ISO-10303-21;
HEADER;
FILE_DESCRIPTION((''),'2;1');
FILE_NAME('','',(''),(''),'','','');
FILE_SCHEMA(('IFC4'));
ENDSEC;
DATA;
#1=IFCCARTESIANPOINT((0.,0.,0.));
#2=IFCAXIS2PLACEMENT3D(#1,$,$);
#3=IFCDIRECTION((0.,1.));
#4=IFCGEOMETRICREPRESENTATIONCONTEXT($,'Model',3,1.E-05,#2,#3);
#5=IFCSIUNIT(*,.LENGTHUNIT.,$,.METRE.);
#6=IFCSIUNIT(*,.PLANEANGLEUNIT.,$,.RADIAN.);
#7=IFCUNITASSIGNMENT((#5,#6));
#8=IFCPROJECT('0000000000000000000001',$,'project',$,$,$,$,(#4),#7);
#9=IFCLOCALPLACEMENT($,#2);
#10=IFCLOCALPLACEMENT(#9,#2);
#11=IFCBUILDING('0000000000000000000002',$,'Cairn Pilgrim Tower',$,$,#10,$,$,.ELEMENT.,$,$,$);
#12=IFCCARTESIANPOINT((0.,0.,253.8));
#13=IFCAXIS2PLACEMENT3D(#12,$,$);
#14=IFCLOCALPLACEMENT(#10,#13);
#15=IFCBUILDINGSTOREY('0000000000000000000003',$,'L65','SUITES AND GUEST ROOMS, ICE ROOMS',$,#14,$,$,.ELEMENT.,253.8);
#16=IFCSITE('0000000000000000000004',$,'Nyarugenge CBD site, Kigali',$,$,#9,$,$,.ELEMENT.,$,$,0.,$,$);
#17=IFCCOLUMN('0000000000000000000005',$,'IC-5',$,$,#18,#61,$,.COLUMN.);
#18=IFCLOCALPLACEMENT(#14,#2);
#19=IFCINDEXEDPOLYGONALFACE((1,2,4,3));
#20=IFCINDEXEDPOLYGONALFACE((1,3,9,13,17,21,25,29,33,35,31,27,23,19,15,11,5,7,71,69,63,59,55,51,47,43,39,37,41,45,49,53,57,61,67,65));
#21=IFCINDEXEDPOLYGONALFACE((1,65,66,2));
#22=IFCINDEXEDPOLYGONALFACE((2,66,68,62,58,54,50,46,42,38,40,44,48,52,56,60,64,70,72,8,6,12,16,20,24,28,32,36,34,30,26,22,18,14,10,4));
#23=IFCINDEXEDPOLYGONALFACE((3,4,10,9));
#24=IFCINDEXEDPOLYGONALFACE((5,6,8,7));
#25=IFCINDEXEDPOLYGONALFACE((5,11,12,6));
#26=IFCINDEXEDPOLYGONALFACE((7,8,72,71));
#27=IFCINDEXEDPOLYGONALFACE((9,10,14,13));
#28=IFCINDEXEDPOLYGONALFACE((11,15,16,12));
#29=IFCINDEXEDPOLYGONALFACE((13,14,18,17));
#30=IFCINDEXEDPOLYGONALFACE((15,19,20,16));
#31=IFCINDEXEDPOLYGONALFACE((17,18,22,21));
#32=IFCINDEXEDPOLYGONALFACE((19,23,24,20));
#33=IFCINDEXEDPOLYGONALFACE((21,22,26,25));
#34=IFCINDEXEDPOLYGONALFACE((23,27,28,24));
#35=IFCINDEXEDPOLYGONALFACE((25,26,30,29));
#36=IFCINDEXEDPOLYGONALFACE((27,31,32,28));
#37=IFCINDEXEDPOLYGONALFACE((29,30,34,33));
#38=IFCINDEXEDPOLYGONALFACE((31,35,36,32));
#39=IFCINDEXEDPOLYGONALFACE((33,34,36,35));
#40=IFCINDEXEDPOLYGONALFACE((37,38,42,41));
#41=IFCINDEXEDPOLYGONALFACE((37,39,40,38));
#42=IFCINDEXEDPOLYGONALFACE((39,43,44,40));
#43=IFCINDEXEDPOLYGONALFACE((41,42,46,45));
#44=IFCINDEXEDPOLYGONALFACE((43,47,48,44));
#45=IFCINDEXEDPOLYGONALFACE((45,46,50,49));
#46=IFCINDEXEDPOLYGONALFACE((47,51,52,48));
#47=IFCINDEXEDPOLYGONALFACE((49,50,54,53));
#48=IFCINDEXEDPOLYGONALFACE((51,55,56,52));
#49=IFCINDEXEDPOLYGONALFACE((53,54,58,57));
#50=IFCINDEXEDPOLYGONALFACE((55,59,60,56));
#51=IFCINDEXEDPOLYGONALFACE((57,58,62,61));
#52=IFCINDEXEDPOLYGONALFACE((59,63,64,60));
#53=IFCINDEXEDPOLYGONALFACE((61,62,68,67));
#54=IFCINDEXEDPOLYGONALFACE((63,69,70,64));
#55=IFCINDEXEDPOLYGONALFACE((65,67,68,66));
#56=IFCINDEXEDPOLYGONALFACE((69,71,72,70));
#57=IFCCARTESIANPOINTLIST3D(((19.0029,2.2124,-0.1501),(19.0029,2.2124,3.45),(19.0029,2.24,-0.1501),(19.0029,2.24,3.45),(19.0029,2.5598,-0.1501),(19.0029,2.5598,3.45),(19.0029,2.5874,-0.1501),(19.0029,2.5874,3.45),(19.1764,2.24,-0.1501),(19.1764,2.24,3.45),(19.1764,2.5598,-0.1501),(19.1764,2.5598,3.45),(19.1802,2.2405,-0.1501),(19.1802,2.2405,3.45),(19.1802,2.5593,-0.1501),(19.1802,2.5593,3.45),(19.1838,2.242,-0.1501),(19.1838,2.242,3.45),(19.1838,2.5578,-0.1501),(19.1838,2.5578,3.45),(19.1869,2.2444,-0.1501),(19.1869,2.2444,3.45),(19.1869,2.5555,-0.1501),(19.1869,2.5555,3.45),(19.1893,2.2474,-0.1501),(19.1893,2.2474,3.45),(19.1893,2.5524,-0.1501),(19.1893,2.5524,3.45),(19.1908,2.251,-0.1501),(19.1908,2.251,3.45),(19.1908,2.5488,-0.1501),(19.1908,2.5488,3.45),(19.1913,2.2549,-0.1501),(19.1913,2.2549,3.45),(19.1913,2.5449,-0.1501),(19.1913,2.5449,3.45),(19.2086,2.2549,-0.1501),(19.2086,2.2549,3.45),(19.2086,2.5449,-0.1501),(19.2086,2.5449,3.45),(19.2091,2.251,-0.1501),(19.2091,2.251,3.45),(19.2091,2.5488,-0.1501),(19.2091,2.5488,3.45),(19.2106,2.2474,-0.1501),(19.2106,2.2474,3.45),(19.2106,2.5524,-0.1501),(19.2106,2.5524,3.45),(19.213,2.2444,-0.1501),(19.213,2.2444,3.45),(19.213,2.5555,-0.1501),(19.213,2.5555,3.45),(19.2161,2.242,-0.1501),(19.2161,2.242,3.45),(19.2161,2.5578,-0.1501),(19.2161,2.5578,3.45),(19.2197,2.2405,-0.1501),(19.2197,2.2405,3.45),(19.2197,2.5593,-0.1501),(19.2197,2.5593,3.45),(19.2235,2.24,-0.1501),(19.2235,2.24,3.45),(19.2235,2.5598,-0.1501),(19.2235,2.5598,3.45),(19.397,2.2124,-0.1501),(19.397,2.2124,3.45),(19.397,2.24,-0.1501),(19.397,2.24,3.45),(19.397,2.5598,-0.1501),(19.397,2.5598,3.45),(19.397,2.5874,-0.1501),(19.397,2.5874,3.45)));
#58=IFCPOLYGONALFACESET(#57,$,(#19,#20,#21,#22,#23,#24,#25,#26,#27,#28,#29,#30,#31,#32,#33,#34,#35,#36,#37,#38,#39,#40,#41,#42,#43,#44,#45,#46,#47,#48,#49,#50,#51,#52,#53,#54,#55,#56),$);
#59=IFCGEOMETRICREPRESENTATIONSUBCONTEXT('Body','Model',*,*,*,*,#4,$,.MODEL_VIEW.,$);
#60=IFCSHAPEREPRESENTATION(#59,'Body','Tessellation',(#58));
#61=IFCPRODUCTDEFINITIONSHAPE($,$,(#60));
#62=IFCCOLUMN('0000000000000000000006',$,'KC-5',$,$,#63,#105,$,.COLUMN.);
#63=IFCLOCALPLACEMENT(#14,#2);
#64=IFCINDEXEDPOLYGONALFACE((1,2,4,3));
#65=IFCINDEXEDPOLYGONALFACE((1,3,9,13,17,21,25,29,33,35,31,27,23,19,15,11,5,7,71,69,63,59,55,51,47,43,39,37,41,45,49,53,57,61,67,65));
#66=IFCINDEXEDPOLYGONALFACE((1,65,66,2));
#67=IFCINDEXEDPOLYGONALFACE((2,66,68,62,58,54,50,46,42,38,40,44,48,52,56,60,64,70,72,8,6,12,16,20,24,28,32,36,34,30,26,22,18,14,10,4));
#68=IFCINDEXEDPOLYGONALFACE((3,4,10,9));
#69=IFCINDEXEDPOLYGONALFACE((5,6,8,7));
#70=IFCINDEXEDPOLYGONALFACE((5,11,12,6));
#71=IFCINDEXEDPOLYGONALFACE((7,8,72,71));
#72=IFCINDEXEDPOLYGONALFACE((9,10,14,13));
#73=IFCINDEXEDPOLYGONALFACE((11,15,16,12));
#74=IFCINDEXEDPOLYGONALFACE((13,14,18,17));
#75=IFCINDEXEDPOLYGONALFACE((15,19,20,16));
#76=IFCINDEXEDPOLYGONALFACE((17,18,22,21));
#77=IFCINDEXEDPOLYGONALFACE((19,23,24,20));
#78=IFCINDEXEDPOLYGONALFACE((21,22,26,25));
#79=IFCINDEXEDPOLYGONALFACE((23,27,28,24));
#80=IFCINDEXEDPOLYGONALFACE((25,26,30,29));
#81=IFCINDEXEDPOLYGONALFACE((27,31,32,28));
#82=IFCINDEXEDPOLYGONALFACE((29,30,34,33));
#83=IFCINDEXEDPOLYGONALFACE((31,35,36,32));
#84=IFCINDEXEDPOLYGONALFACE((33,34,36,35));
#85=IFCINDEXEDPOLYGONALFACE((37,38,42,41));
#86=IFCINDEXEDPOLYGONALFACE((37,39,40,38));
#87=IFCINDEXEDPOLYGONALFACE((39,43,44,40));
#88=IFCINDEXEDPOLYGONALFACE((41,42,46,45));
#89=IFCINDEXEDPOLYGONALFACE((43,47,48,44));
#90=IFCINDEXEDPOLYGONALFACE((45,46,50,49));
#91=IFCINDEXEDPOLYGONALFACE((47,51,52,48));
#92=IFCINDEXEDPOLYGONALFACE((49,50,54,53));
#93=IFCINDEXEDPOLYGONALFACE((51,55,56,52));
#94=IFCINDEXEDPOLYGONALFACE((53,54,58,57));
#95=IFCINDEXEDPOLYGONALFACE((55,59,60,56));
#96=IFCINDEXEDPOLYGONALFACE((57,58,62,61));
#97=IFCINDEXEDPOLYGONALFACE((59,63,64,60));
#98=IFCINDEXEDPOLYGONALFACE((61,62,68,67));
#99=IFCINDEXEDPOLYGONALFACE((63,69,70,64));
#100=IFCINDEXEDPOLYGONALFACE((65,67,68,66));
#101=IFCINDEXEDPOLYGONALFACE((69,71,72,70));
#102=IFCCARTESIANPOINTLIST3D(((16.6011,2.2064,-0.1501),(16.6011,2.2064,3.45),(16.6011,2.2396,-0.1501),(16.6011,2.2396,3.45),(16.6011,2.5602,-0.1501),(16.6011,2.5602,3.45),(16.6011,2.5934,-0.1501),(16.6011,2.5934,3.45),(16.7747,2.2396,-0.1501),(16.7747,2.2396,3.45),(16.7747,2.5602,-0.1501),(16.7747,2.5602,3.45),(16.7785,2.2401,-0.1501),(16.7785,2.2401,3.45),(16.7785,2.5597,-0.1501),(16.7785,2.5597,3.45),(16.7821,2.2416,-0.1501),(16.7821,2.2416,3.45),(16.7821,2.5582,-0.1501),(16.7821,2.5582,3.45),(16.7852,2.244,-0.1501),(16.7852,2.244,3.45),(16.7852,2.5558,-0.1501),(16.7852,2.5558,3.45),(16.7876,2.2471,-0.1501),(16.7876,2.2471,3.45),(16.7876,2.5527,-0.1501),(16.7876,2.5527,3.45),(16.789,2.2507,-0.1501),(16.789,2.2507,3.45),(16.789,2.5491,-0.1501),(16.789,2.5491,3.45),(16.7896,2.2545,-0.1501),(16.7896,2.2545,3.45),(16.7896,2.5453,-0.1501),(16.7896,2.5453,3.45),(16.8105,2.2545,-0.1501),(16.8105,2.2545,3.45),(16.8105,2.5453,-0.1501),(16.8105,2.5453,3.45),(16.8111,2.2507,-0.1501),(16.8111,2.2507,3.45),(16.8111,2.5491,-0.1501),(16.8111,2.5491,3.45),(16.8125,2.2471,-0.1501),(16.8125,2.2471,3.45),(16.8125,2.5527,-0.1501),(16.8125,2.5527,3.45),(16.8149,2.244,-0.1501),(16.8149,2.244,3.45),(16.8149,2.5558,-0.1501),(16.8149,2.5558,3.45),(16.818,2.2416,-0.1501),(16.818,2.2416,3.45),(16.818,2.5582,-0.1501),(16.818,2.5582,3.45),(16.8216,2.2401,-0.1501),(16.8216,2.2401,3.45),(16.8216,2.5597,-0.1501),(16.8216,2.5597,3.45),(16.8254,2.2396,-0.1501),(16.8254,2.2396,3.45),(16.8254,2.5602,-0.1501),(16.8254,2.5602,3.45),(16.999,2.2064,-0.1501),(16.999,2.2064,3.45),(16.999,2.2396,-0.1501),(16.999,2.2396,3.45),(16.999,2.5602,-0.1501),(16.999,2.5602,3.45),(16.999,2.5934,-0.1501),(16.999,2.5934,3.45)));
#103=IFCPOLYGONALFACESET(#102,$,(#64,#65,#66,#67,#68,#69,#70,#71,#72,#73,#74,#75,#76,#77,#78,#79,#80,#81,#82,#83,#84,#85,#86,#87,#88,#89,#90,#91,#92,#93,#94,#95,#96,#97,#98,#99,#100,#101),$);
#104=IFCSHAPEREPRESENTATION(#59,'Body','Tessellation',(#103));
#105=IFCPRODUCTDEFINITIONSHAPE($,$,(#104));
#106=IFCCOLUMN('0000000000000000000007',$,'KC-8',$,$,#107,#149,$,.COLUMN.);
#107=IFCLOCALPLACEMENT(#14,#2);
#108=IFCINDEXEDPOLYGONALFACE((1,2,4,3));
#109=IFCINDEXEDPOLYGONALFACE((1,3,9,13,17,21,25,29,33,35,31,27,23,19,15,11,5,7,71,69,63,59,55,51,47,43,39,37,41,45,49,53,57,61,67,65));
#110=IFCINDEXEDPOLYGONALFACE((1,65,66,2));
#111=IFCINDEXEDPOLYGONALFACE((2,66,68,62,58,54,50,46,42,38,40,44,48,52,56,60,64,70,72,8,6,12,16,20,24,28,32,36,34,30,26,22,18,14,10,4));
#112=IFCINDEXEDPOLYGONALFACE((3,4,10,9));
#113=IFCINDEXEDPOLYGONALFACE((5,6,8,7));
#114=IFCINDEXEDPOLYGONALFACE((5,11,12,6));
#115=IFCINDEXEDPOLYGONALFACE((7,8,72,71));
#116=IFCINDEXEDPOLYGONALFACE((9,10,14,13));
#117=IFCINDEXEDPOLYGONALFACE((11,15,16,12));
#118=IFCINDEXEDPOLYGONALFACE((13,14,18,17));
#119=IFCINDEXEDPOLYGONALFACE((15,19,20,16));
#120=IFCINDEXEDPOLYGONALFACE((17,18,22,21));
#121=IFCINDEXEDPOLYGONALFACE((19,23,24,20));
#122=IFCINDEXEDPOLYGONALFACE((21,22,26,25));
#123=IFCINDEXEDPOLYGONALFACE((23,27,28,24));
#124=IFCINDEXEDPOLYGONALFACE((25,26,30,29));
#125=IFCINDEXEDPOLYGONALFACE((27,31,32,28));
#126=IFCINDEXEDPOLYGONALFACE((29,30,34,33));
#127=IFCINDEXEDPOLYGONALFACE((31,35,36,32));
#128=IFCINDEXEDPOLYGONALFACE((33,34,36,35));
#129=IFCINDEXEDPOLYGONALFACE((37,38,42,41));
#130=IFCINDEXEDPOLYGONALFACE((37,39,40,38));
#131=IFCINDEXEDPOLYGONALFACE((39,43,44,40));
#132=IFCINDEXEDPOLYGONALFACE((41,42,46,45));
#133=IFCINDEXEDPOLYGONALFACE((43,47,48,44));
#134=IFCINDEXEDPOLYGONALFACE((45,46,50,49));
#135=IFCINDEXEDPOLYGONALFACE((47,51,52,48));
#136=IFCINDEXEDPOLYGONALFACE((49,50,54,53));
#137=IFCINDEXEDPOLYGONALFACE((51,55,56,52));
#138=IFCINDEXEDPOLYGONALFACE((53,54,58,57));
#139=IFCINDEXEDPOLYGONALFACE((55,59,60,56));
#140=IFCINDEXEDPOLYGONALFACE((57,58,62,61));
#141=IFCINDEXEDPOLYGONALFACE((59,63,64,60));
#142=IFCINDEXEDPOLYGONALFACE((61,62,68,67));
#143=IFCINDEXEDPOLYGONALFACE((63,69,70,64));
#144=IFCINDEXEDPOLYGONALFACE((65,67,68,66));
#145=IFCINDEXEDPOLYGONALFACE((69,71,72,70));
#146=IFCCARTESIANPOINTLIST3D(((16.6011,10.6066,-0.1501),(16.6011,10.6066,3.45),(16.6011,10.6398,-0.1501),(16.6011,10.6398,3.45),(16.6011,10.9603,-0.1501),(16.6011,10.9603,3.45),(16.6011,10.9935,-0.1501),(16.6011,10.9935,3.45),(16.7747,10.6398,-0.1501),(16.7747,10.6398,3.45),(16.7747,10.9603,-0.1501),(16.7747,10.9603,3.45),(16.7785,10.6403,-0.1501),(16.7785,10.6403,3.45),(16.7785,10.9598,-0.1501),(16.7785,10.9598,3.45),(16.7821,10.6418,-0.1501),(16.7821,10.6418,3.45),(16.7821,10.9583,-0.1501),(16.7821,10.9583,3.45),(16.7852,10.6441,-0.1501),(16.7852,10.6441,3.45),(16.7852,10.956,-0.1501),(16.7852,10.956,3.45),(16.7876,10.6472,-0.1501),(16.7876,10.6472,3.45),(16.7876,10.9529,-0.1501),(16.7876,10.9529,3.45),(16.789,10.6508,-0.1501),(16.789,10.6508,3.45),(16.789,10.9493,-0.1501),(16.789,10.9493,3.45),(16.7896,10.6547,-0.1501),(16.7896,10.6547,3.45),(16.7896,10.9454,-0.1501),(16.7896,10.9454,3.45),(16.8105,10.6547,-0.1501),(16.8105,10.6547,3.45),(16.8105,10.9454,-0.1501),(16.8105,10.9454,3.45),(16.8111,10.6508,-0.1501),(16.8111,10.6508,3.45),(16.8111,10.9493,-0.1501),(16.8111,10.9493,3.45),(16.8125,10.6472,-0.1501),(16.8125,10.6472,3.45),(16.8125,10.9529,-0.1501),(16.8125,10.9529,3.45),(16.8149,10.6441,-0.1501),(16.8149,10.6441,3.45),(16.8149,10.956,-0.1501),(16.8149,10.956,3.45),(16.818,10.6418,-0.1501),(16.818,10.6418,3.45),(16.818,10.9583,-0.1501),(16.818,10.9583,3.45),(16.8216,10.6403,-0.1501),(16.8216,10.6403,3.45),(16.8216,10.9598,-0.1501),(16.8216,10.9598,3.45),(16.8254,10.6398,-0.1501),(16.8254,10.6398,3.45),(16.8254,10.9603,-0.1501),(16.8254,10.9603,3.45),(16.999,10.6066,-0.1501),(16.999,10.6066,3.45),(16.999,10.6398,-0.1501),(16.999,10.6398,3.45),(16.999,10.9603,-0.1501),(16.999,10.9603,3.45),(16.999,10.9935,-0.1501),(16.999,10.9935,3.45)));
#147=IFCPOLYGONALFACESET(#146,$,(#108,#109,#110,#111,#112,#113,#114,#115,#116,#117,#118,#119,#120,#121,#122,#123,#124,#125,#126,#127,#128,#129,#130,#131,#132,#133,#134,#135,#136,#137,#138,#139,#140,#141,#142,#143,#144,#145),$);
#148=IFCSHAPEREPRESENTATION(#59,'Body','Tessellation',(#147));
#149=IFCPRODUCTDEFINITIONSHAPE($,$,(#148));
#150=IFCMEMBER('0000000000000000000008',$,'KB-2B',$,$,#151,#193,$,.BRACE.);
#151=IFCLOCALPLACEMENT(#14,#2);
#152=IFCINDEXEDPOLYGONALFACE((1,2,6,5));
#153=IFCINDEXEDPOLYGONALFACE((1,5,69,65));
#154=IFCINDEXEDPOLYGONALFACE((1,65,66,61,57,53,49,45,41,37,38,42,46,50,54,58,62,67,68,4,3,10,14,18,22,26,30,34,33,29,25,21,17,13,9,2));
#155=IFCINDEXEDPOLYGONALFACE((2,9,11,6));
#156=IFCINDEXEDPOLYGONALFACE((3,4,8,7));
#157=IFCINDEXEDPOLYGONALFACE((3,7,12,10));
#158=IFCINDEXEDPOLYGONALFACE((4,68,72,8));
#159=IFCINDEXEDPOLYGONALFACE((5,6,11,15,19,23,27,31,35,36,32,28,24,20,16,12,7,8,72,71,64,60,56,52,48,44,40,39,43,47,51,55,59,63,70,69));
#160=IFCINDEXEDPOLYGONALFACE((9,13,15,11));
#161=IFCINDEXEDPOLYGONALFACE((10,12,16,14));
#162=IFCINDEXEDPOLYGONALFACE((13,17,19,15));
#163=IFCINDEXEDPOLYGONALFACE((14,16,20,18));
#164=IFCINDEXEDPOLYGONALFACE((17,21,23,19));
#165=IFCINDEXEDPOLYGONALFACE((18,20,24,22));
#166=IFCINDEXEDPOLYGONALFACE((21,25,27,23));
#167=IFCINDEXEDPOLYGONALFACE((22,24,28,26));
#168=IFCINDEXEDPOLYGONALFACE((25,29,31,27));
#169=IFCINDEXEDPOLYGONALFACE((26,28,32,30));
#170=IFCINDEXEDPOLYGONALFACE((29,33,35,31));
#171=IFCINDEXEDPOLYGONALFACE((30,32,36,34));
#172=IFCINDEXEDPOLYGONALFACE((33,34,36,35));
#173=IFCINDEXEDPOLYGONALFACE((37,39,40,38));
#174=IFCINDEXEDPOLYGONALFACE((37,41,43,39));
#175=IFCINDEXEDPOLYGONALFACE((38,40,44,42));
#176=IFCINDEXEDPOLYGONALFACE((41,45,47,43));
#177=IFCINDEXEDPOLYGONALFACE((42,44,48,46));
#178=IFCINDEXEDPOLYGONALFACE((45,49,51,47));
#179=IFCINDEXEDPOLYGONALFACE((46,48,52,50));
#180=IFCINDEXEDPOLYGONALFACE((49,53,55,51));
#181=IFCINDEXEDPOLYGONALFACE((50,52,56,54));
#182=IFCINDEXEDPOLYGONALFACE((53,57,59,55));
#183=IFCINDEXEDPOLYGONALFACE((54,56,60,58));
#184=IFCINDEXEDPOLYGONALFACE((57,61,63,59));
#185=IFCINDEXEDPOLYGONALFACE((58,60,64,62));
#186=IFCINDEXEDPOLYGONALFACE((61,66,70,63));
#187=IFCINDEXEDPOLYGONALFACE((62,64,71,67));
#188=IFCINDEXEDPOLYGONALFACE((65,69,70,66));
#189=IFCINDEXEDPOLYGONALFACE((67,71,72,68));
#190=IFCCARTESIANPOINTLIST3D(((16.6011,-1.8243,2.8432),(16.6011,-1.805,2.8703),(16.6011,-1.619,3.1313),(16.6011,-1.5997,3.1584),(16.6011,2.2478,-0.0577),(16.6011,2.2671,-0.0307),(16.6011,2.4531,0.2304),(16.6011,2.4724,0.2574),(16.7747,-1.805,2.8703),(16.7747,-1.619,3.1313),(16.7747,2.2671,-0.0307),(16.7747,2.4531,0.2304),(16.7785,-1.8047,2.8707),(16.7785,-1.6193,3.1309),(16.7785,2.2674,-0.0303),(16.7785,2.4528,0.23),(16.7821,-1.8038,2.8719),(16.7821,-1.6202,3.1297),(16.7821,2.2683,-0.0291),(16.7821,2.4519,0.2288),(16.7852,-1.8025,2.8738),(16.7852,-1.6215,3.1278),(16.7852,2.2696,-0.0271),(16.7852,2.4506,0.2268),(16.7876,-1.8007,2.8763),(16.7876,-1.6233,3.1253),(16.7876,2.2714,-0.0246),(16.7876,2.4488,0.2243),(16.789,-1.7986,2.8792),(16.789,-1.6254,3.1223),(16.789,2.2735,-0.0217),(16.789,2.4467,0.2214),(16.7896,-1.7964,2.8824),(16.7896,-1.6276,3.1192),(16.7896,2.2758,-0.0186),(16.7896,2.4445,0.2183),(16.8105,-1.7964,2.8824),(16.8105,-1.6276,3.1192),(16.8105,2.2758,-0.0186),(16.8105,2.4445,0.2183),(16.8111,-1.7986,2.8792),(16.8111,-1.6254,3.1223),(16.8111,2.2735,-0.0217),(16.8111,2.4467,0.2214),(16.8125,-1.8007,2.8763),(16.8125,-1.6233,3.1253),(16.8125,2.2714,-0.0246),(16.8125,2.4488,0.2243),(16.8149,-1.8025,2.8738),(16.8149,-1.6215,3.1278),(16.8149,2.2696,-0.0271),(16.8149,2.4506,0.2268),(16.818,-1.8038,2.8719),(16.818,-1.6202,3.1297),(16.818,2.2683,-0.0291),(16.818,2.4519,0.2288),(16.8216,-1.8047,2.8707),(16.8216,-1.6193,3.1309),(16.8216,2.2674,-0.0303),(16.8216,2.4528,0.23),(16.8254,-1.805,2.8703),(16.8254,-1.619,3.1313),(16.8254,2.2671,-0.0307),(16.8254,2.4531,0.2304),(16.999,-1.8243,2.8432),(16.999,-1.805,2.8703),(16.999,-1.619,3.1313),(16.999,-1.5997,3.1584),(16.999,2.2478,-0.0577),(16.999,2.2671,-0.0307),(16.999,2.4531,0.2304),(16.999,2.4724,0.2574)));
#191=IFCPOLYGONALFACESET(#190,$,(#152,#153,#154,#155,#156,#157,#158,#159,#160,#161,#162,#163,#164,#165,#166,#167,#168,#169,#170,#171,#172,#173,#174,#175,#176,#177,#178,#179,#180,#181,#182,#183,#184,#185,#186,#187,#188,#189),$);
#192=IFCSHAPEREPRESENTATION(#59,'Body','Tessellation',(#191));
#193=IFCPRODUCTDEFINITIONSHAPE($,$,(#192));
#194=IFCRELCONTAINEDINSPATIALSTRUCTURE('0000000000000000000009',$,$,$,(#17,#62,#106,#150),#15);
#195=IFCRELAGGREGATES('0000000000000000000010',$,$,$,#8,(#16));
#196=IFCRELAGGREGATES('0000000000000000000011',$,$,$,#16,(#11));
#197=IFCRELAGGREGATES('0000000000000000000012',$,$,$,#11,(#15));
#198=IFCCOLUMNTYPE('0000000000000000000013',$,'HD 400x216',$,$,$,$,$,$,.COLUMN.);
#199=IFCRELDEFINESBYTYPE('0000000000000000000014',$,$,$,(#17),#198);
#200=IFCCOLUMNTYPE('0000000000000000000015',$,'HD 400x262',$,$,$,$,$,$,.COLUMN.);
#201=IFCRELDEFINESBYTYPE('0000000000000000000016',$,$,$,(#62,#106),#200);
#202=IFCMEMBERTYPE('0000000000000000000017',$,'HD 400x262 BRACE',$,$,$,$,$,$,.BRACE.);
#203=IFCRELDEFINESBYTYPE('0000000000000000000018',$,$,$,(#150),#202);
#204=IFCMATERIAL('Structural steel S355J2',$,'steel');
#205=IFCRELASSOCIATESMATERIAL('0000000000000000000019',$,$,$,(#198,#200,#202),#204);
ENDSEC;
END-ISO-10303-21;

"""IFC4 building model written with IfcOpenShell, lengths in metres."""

from ifc_helpers import new_model, si_unit, direction, frame, origin, origin_2d, place, context, subcontext, project, spatial, i_section, extrude, material, material_profile, profile_set, type_object, element, save


model = new_model("IFC4")

# Units and contexts
model_context = context("Model", 3, precision=1e-05, world=origin(), true_north=direction((0.0, 1.0)))
body_context = subcontext(model_context, "Body", "Model", "MODEL_VIEW")
ifc_project = project(units=[si_unit("LENGTHUNIT", "METRE"), si_unit("PLANEANGLEUNIT", "RADIAN")], contexts=[model_context])

# Site, building, storey
site_placement = place(None, origin())
site = spatial("IfcSite", under=ifc_project, at=site_placement, Name="Nyarugenge CBD site, Kigali", CompositionType="ELEMENT", RefElevation=0.0)
building_placement = place(site_placement, origin())
building = spatial("IfcBuilding", under=site, at=building_placement, Name="Cairn Pilgrim Tower", CompositionType="ELEMENT")
storey_placement = place(building_placement, frame((0.0, 0.0, 253.8)))
storey = spatial("IfcBuildingStorey", under=building, at=storey_placement, Name="L65", Description="SUITES AND GUEST ROOMS, ICE ROOMS", CompositionType="ELEMENT", Elevation=253.8)

# Columns
ifc_material_1 = material(Name="Structural steel S355J2", Category="steel")
ifc_material_profile_1 = material_profile(ifc_material_1, i_section(OverallWidth=0.394, OverallDepth=0.375, WebThickness=0.0173, FlangeThickness=0.0276, FilletRadius=0.0149, at=origin_2d()), Name="HD 400x216")
ifc_profile_set_1 = profile_set([ifc_material_profile_1], Name="Structural steel S355J2")
column_type_1 = type_object("IfcColumnType", Name="HD 400x216", PredefinedType="COLUMN", material=ifc_profile_set_1)
column_placement = place(storey_placement, frame((19.2, 2.3999, -0.1501), z_axis=(0.0, 0.0, 1.0), x_axis=(1.0, 0.0, 0.0)))
element("IfcColumn", 1, at=column_placement, inside=storey, type_object=column_type_1, Name="IC-5", PredefinedType="COLUMN", context=body_context, shape_type="SweptSolid", body=[
    extrude(i_section(OverallWidth=0.394, OverallDepth=0.375, WebThickness=0.0173, FlangeThickness=0.0276, FilletRadius=0.0149, at=origin_2d()), origin(), (0.0, 0.0, 1.0), 3.6001),
])
ifc_material_profile_2 = material_profile(ifc_material_1, i_section(OverallWidth=0.3979, OverallDepth=0.387, WebThickness=0.021, FlangeThickness=0.0332, FilletRadius=0.0149, at=origin_2d()), Name="HD 400x262")
ifc_profile_set_2 = profile_set([ifc_material_profile_2], Name="Structural steel S355J2")
column_type_2 = type_object("IfcColumnType", Name="HD 400x262", PredefinedType="COLUMN", material=ifc_profile_set_2)
for number, where, z_axis, x_axis, name in (
    (2, (16.8, 2.3999, -0.1501), (0.0, 0.0, 1.0), (1.0, 0.0, 0.0), "KC-5"),
    (3, (16.8, 10.8, -0.1501), (0.0, 0.0, 1.0), (1.0, 0.0, 0.0), "KC-8"),
):
    element("IfcColumn", number, at=place(storey_placement, frame(where, z_axis=z_axis, x_axis=x_axis)), inside=storey, type_object=column_type_2, Name=name, PredefinedType="COLUMN", context=body_context, shape_type="SweptSolid", body=[
        extrude(i_section(OverallWidth=0.3979, OverallDepth=0.387, WebThickness=0.021, FlangeThickness=0.0332, FilletRadius=0.0149, at=origin_2d()), origin(), (0.0, 0.0, 1.0), 3.6001),
    ])

# Member
ifc_material_profile_3 = material_profile(ifc_material_1, i_section(OverallWidth=0.3979, OverallDepth=0.387, WebThickness=0.021, FlangeThickness=0.0332, FilletRadius=0.0149, at=origin_2d()), Name="HD 400x262")
ifc_profile_set_3 = profile_set([ifc_material_profile_3], Name="Structural steel S355J2")
member_type = type_object("IfcMemberType", Name="HD 400x262 BRACE", PredefinedType="BRACE", material=ifc_profile_set_3)
member_1_placement = place(storey_placement, frame((16.8, 2.3601, 0.0999), z_axis=(0.0, -0.814462, 0.580217), x_axis=(1.0, 0.0, 0.0)))
element("IfcMember", 4, at=member_1_placement, inside=storey, type_object=member_type, Name="KB-2B", PredefinedType="BRACE", context=body_context, shape_type="SweptSolid", body=[
    extrude(i_section(OverallWidth=0.3979, OverallDepth=0.387, WebThickness=0.021, FlangeThickness=0.0332, FilletRadius=0.0149, at=origin_2d()), origin(), (0.0, 0.0, 1.0), 4.9998),
])

save(model, "model.ifc")
